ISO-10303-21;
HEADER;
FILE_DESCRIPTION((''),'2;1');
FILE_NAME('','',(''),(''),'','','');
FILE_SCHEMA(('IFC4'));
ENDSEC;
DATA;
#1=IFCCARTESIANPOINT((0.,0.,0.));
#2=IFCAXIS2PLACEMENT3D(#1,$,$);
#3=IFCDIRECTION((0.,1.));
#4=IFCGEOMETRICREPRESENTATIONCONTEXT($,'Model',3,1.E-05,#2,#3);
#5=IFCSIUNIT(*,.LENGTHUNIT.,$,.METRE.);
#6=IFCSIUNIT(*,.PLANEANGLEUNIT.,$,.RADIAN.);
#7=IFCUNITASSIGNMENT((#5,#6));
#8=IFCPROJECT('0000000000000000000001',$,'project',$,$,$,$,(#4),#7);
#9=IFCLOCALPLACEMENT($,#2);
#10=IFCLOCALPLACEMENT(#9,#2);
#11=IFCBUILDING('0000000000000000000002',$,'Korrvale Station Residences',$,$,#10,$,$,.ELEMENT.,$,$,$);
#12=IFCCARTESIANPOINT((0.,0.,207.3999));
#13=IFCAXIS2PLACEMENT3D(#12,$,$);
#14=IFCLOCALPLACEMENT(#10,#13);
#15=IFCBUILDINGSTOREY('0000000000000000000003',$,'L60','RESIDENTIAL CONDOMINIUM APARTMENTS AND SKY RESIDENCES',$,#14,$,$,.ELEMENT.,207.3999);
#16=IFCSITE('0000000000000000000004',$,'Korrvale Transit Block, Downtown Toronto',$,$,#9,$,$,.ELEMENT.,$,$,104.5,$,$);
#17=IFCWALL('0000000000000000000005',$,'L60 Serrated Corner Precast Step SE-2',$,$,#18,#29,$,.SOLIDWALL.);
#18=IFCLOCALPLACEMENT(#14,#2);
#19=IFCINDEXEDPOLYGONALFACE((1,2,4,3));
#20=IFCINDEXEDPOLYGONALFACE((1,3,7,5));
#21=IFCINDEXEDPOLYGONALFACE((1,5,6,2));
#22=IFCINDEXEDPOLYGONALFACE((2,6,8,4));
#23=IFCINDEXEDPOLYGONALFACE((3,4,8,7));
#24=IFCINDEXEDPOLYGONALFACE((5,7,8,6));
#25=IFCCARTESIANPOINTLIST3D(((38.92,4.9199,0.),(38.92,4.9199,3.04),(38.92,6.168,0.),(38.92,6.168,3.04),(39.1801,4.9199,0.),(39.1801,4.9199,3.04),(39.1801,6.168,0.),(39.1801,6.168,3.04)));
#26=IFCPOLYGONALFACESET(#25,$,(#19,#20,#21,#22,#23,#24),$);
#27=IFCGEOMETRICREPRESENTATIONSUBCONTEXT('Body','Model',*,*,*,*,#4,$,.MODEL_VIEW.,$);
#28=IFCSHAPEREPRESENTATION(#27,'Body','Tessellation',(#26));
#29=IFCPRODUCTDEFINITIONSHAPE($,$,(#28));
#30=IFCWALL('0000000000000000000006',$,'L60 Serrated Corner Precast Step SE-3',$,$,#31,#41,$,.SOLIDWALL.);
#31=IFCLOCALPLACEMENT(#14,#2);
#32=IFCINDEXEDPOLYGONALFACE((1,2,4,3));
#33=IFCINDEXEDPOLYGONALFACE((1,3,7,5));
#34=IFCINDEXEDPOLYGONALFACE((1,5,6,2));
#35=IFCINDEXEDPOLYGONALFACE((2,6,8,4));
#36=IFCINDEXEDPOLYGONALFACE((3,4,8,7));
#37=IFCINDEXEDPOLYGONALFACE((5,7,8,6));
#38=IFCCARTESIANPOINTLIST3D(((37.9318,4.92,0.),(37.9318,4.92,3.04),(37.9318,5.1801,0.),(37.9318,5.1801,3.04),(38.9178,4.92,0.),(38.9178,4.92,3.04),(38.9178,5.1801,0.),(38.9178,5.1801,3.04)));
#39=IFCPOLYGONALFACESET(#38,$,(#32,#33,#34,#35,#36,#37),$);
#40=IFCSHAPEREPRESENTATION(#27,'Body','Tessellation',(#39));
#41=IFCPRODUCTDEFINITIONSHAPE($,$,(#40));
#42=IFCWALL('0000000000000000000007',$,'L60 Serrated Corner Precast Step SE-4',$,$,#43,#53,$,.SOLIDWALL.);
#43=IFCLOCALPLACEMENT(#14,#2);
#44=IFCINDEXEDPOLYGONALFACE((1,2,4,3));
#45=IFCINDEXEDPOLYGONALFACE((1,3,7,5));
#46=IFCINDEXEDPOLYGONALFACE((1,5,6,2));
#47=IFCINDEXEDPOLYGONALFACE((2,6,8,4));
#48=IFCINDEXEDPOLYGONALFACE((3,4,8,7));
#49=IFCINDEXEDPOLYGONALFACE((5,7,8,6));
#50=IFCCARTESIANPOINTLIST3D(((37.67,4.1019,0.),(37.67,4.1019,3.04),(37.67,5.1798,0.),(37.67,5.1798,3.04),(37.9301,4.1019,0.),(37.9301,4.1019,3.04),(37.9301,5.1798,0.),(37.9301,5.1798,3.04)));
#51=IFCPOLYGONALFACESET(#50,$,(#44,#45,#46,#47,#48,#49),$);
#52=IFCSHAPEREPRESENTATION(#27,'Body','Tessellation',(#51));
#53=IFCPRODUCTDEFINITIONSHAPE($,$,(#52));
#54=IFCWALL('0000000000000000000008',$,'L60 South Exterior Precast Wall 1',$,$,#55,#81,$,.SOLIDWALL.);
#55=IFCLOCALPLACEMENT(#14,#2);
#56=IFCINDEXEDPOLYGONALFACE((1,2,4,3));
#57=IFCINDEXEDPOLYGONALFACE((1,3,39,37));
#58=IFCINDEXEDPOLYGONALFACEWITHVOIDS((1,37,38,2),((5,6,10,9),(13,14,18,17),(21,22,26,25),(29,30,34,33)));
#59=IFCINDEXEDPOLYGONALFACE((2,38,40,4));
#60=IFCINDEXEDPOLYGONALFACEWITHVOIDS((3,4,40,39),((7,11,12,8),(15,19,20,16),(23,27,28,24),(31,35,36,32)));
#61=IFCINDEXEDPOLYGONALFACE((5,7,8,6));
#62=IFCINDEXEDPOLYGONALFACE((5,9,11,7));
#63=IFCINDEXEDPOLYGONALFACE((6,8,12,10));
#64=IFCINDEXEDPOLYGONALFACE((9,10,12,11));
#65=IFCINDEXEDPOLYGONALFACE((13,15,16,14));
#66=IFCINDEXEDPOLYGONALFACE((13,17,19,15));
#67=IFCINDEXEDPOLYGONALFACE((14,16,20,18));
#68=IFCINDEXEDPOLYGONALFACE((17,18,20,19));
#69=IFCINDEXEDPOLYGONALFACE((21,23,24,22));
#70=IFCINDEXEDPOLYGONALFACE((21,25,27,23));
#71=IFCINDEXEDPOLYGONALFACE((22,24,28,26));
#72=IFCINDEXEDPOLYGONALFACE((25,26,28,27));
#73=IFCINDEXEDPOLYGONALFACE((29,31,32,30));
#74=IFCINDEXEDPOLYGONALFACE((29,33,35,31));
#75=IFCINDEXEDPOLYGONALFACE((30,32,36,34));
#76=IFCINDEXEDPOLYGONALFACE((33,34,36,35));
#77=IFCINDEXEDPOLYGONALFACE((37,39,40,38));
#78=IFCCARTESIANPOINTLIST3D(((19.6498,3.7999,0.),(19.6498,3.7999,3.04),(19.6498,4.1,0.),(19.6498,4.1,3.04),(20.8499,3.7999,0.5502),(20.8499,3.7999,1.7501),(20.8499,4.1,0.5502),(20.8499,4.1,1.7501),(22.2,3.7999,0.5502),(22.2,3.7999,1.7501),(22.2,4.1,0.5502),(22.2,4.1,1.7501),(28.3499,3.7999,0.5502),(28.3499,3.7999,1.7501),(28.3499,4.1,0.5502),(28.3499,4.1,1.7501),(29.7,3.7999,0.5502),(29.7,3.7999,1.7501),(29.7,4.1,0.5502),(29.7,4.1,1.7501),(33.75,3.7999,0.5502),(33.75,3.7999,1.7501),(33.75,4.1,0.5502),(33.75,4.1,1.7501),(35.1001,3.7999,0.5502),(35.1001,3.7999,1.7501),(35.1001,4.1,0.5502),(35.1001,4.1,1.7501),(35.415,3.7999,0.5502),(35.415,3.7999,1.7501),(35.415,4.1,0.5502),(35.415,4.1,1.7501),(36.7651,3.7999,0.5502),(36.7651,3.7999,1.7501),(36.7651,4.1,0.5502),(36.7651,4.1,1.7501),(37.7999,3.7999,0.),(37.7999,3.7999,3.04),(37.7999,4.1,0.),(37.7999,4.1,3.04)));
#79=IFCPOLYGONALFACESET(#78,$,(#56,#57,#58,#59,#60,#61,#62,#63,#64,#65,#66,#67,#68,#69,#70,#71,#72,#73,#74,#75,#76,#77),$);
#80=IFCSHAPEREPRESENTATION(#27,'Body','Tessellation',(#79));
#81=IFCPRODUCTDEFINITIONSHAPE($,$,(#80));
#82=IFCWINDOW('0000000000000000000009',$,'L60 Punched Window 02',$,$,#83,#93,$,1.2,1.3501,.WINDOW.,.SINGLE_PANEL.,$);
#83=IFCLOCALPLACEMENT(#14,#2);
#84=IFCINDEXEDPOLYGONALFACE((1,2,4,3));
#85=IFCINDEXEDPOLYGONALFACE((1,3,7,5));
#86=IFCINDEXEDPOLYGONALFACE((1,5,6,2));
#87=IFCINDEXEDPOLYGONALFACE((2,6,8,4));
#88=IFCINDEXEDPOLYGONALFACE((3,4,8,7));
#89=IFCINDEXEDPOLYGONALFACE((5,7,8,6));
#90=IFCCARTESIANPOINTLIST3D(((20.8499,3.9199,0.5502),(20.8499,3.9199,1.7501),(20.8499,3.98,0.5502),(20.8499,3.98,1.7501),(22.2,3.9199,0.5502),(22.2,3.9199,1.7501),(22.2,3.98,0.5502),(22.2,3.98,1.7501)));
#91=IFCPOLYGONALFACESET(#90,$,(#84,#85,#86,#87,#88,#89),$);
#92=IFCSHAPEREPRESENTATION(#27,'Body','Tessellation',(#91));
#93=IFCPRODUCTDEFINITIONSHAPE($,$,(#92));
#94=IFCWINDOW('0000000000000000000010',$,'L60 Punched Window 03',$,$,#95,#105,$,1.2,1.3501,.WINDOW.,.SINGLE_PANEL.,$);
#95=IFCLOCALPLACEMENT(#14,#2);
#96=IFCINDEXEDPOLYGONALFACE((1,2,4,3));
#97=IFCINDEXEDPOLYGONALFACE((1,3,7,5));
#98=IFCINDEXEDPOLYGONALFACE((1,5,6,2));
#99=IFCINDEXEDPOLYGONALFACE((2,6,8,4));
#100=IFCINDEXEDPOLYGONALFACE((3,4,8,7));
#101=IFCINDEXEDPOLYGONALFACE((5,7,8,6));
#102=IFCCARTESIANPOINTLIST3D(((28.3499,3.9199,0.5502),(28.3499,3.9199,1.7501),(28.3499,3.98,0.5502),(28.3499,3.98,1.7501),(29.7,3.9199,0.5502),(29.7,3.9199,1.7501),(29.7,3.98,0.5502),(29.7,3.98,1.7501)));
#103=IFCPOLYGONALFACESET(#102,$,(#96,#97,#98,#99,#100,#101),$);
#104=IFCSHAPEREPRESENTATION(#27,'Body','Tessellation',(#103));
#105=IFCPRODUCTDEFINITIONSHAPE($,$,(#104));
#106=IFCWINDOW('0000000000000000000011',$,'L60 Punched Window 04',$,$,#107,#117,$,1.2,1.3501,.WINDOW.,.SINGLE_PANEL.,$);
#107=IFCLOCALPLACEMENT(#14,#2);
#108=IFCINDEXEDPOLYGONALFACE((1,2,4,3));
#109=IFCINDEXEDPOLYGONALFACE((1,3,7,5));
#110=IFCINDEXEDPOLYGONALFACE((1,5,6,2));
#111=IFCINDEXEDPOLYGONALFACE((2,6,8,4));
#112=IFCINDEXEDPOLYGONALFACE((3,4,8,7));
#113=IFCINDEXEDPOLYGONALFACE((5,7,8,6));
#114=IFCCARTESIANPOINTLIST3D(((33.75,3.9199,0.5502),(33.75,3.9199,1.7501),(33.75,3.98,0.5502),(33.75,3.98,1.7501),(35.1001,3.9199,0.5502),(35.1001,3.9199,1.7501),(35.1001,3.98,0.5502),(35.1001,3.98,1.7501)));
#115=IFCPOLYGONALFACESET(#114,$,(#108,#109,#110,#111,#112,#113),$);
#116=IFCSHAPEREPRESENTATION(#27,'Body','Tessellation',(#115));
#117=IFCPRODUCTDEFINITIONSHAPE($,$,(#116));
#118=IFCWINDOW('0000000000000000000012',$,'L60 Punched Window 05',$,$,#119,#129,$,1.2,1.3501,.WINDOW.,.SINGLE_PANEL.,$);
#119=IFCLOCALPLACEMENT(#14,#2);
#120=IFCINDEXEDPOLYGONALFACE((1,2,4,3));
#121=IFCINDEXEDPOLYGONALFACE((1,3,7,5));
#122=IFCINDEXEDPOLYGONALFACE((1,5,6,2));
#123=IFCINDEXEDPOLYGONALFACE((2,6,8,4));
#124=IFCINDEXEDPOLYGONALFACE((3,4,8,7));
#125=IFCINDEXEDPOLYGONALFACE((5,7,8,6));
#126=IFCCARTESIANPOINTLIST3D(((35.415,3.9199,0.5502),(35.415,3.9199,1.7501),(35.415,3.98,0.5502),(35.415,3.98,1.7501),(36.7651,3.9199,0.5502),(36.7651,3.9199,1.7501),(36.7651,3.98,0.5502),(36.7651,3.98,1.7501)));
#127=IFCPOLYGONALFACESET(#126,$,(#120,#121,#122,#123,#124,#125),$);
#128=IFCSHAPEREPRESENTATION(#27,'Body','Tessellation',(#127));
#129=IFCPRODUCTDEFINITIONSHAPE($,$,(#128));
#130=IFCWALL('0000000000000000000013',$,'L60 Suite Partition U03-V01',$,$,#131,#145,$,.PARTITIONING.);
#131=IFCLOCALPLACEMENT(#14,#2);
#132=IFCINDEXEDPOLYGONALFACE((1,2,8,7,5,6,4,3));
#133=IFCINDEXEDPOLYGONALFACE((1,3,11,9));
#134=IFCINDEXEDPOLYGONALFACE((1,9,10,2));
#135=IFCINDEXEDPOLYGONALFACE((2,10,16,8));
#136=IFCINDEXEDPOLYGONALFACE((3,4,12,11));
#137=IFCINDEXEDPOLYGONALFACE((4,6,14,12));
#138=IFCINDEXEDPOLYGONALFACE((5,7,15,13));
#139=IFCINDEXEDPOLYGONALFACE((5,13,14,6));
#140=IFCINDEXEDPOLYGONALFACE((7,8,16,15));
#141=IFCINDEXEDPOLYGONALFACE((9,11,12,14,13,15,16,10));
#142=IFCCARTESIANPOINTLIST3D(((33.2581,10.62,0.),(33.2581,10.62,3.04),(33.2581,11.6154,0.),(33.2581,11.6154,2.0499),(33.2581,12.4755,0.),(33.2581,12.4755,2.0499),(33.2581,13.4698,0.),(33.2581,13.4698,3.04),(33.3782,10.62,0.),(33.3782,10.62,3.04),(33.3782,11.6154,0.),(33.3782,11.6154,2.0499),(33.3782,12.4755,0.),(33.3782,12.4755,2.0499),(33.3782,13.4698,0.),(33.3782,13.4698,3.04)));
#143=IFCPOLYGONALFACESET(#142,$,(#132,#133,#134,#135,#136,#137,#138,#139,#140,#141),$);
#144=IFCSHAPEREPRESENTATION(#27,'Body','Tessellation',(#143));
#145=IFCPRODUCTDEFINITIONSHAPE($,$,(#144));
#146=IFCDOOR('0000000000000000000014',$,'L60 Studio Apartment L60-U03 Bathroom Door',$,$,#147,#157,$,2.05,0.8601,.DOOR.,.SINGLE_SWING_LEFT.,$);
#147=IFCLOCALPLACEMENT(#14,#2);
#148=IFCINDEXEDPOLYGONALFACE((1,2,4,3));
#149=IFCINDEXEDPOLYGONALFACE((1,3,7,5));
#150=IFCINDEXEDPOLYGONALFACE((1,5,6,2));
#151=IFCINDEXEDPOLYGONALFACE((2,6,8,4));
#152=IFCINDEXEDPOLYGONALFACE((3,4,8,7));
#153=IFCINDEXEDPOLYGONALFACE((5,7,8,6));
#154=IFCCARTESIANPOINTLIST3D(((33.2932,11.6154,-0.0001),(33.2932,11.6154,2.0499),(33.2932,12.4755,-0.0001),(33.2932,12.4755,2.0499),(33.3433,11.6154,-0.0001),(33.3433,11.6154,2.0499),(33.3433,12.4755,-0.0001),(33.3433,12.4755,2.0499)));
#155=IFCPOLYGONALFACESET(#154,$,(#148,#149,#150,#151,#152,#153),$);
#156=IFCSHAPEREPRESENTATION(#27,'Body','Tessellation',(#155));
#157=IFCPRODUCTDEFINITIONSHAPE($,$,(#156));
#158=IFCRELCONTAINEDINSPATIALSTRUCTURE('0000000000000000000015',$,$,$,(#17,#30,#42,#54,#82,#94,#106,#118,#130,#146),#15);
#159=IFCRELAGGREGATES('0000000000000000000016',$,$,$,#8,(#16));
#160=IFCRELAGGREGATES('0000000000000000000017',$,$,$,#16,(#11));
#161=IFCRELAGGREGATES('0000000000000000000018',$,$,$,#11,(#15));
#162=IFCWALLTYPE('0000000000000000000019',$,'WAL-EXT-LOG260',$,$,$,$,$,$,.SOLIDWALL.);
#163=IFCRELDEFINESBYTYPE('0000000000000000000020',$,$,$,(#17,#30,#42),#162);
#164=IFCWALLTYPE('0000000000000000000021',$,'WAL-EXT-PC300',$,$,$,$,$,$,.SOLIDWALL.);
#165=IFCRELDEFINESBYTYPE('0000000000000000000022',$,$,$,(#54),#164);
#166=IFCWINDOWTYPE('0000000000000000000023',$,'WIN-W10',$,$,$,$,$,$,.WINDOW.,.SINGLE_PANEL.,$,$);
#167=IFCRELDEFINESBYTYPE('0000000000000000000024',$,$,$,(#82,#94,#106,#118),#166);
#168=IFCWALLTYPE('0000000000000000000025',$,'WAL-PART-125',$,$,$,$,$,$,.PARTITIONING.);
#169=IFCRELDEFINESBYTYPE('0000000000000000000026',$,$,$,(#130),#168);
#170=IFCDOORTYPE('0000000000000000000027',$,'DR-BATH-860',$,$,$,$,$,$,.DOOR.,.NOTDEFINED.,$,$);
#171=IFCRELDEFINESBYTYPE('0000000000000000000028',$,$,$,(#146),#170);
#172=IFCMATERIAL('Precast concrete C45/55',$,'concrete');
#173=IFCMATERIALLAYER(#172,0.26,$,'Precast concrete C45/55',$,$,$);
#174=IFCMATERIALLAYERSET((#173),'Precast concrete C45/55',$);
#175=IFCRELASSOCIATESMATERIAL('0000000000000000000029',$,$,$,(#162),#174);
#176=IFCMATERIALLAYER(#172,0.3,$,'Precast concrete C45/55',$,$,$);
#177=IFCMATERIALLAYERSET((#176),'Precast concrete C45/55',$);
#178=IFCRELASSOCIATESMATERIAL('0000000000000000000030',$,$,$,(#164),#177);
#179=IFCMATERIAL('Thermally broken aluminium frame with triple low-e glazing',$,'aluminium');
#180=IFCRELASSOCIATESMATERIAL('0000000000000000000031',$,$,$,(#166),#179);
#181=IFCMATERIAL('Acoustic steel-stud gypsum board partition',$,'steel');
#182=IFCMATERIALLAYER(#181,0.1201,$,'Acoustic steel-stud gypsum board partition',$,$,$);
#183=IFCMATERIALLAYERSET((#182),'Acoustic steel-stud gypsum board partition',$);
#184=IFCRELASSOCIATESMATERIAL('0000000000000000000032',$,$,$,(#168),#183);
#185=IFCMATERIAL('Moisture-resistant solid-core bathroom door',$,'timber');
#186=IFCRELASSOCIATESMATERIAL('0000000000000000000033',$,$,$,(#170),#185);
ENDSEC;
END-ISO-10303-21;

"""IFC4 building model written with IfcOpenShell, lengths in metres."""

from ifc_helpers import new_model, si_unit, direction, frame, frame_2d, origin, place, context, subcontext, project, spatial, rectangle, extrude, material, layer, layer_set, type_object, element, fill, save


model = new_model("IFC4")

# Units and contexts
model_context = context("Model", 3, precision=1e-05, world=origin(), true_north=direction((0.0, 1.0)))
body_context = subcontext(model_context, "Body", "Model", "MODEL_VIEW")
ifc_project = project(units=[si_unit("LENGTHUNIT", "METRE"), si_unit("PLANEANGLEUNIT", "RADIAN")], contexts=[model_context])

# Site, building, storey
site_placement = place(None, origin())
site = spatial("IfcSite", under=ifc_project, at=site_placement, Name="Korrvale Transit Block, Downtown Toronto", CompositionType="ELEMENT", RefElevation=104.5)
building_placement = place(site_placement, origin())
building = spatial("IfcBuilding", under=site, at=building_placement, Name="Korrvale Station Residences", CompositionType="ELEMENT")
storey_placement = place(building_placement, frame((0.0, 0.0, 207.3999)))
storey = spatial("IfcBuildingStorey", under=building, at=storey_placement, Name="L60", Description="RESIDENTIAL CONDOMINIUM APARTMENTS AND SKY RESIDENCES", CompositionType="ELEMENT", Elevation=207.3999)

# Walls
ifc_material_1 = material(Name="Precast concrete C45/55", Category="concrete")
ifc_layer_1 = layer(ifc_material_1, 0.26, Name="Precast concrete C45/55")
ifc_layer_set_1 = layer_set([ifc_layer_1], Name="Precast concrete C45/55")
wall_type_1 = type_object("IfcWallType", Name="WAL-EXT-LOG260", PredefinedType="SOLIDWALL", material=ifc_layer_set_1)
wall_1_placement = place(storey_placement, frame((39.05, 6.168, 0.0), z_axis=(0.0, 0.0, 1.0), x_axis=(0.0, -1.0, 0.0)))
element("IfcWall", 1, at=wall_1_placement, inside=storey, type_object=wall_type_1, Name="L60 Serrated Corner Precast Step SE-2", PredefinedType="SOLIDWALL", context=body_context, shape_type="SweptSolid", body=[
    extrude(rectangle(XDim=1.248, YDim=0.26, at=frame_2d((0.624, 0.0))), origin(), (0.0, 0.0, 1.0), 3.04),
])
wall_2_placement = place(storey_placement, frame((38.918, 5.05, 0.0), z_axis=(0.0, 0.0, 1.0), x_axis=(-1.0, 0.0, 0.0)))
element("IfcWall", 2, at=wall_2_placement, inside=storey, type_object=wall_type_1, Name="L60 Serrated Corner Precast Step SE-3", PredefinedType="SOLIDWALL", context=body_context, shape_type="SweptSolid", body=[
    extrude(rectangle(XDim=0.9861, YDim=0.26, at=frame_2d((0.4932, 0.0))), origin(), (0.0, 0.0, 1.0), 3.04),
])
wall_3_placement = place(storey_placement, frame((37.8, 5.1799, 0.0), z_axis=(0.0, 0.0, 1.0), x_axis=(0.0, -1.0, 0.0)))
element("IfcWall", 3, at=wall_3_placement, inside=storey, type_object=wall_type_1, Name="L60 Serrated Corner Precast Step SE-4", PredefinedType="SOLIDWALL", context=body_context, shape_type="SweptSolid", body=[
    extrude(rectangle(XDim=1.0779, YDim=0.26, at=frame_2d((0.5391, 0.0))), origin(), (0.0, 0.0, 1.0), 3.04),
])

# Wall, openings, windows
ifc_layer_2 = layer(ifc_material_1, 0.3, Name="Precast concrete C45/55")
ifc_layer_set_2 = layer_set([ifc_layer_2], Name="Precast concrete C45/55")
wall_type_2 = type_object("IfcWallType", Name="WAL-EXT-PC300", PredefinedType="SOLIDWALL", material=ifc_layer_set_2)
wall_4_placement = place(storey_placement, frame((37.8, 3.95, 0.0), z_axis=(0.0, 0.0, 1.0), x_axis=(-1.0, 0.0, 0.0)))
wall_4 = element("IfcWall", 4, at=wall_4_placement, inside=storey, type_object=wall_type_2, Name="L60 South Exterior Precast Wall 1", PredefinedType="SOLIDWALL", context=body_context, shape_type="SweptSolid", body=[
    extrude(rectangle(XDim=18.1501, YDim=0.3, at=frame_2d((9.0752, 0.0))), origin(), (0.0, 0.0, 1.0), 3.04),
])
opening_1_placement = place(wall_4_placement, frame((15.6001, 0.0, 0.55)))
opening_1 = element("IfcOpeningElement", 5, at=opening_1_placement, cuts=wall_4, PredefinedType="OPENING", context=body_context, shape_type="SweptSolid", body=[
    extrude(rectangle(XDim=1.3501, YDim=1.2, at=frame_2d((0.675, 0.6001))), frame((0.0, 0.1602, 0.0), z_axis=(0.0, -1.0, 0.0), x_axis=(1.0, 0.0, 0.0)), (0.0, 0.0, 1.0), 0.3201),
])
opening_2_placement = place(wall_4_placement, frame((8.1001, 0.0, 0.55)))
opening_2 = element("IfcOpeningElement", 6, at=opening_2_placement, cuts=wall_4, PredefinedType="OPENING", context=body_context, shape_type="SweptSolid", body=[
    extrude(rectangle(XDim=1.3501, YDim=1.2, at=frame_2d((0.675, 0.6001))), frame((0.0, 0.1602, 0.0), z_axis=(0.0, -1.0, 0.0), x_axis=(1.0, 0.0, 0.0)), (0.0, 0.0, 1.0), 0.3201),
])
opening_3_placement = place(wall_4_placement, frame((2.7, 0.0, 0.55)))
opening_3 = element("IfcOpeningElement", 7, at=opening_3_placement, cuts=wall_4, PredefinedType="OPENING", context=body_context, shape_type="SweptSolid", body=[
    extrude(rectangle(XDim=1.3501, YDim=1.2, at=frame_2d((0.675, 0.6001))), frame((0.0, 0.1602, 0.0), z_axis=(0.0, -1.0, 0.0), x_axis=(1.0, 0.0, 0.0)), (0.0, 0.0, 1.0), 0.3201),
])
opening_4_placement = place(wall_4_placement, frame((1.0349, 0.0, 0.55)))
opening_4 = element("IfcOpeningElement", 8, at=opening_4_placement, cuts=wall_4, PredefinedType="OPENING", context=body_context, shape_type="SweptSolid", body=[
    extrude(rectangle(XDim=1.3501, YDim=1.2, at=frame_2d((0.675, 0.6001))), frame((0.0, 0.1602, 0.0), z_axis=(0.0, -1.0, 0.0), x_axis=(1.0, 0.0, 0.0)), (0.0, 0.0, 1.0), 0.3201),
])
ifc_material_2 = material(Name="Thermally broken aluminium frame with triple low-e glazing", Category="aluminium")
window_type = type_object("IfcWindowType", Name="WIN-W10", PartitioningType="SINGLE_PANEL", PredefinedType="WINDOW", material=ifc_material_2)
window_1_placement = place(opening_1_placement, origin())
window_1 = element("IfcWindow", 9, at=window_1_placement, inside=storey, type_object=window_type, Name="L60 Punched Window 02", OverallHeight=1.2, OverallWidth=1.3501, PartitioningType="SINGLE_PANEL", PredefinedType="WINDOW", context=body_context, shape_type="SweptSolid", body=[
    extrude(rectangle(XDim=1.3501, YDim=1.2, at=frame_2d((0.675, 0.6001))), frame((0.0, 0.03, 0.0), z_axis=(0.0, -1.0, 0.0), x_axis=(1.0, 0.0, 0.0)), (0.0, 0.0, 1.0), 0.0601),
])
fill(opening_1, window_1)
window_2_placement = place(opening_2_placement, origin())
window_2 = element("IfcWindow", 10, at=window_2_placement, inside=storey, type_object=window_type, Name="L60 Punched Window 03", OverallHeight=1.2, OverallWidth=1.3501, PartitioningType="SINGLE_PANEL", PredefinedType="WINDOW", context=body_context, shape_type="SweptSolid", body=[
    extrude(rectangle(XDim=1.3501, YDim=1.2, at=frame_2d((0.675, 0.6001))), frame((0.0, 0.03, 0.0), z_axis=(0.0, -1.0, 0.0), x_axis=(1.0, 0.0, 0.0)), (0.0, 0.0, 1.0), 0.0601),
])
fill(opening_2, window_2)
window_3_placement = place(opening_3_placement, origin())
window_3 = element("IfcWindow", 11, at=window_3_placement, inside=storey, type_object=window_type, Name="L60 Punched Window 04", OverallHeight=1.2, OverallWidth=1.3501, PartitioningType="SINGLE_PANEL", PredefinedType="WINDOW", context=body_context, shape_type="SweptSolid", body=[
    extrude(rectangle(XDim=1.3501, YDim=1.2, at=frame_2d((0.675, 0.6001))), frame((0.0, 0.03, 0.0), z_axis=(0.0, -1.0, 0.0), x_axis=(1.0, 0.0, 0.0)), (0.0, 0.0, 1.0), 0.0601),
])
fill(opening_3, window_3)
window_4_placement = place(opening_4_placement, origin())
window_4 = element("IfcWindow", 12, at=window_4_placement, inside=storey, type_object=window_type, Name="L60 Punched Window 05", OverallHeight=1.2, OverallWidth=1.3501, PartitioningType="SINGLE_PANEL", PredefinedType="WINDOW", context=body_context, shape_type="SweptSolid", body=[
    extrude(rectangle(XDim=1.3501, YDim=1.2, at=frame_2d((0.675, 0.6001))), frame((0.0, 0.03, 0.0), z_axis=(0.0, -1.0, 0.0), x_axis=(1.0, 0.0, 0.0)), (0.0, 0.0, 1.0), 0.0601),
])
fill(opening_4, window_4)

# Wall, opening, door
ifc_material_3 = material(Name="Acoustic steel-stud gypsum board partition", Category="steel")
ifc_layer_3 = layer(ifc_material_3, 0.1201, Name="Acoustic steel-stud gypsum board partition")
ifc_layer_set_3 = layer_set([ifc_layer_3], Name="Acoustic steel-stud gypsum board partition")
wall_type_3 = type_object("IfcWallType", Name="WAL-PART-125", PredefinedType="PARTITIONING", material=ifc_layer_set_3)
wall_5_placement = place(storey_placement, frame((33.3181, 10.6201, 0.0), z_axis=(0.0, 0.0, 1.0), x_axis=(0.0, 1.0, 0.0)))
wall_5 = element("IfcWall", 13, at=wall_5_placement, inside=storey, type_object=wall_type_3, Name="L60 Suite Partition U03-V01", PredefinedType="PARTITIONING", context=body_context, shape_type="SweptSolid", body=[
    extrude(rectangle(XDim=2.8499, YDim=0.1201, at=frame_2d((1.4248, 0.0))), origin(), (0.0, 0.0, 1.0), 3.04),
])
opening_5_placement = place(wall_5_placement, frame((0.9951, 0.0, 0.0)))
opening_5 = element("IfcOpeningElement", 14, at=opening_5_placement, cuts=wall_5, PredefinedType="OPENING", context=body_context, shape_type="SweptSolid", body=[
    extrude(rectangle(XDim=0.8601, YDim=2.05, at=frame_2d((0.4302, 1.0249))), frame((0.0, 0.0701, 0.0), z_axis=(0.0, -1.0, 0.0), x_axis=(1.0, 0.0, 0.0)), (0.0, 0.0, 1.0), 0.1401),
])
ifc_material_4 = material(Name="Moisture-resistant solid-core bathroom door", Category="timber")
door_type_1 = type_object("IfcDoorType", Name="DR-BATH-860", OperationType="NOTDEFINED", PredefinedType="DOOR", material=ifc_material_4)
door_1_placement = place(opening_5_placement, origin())
door_1 = element("IfcDoor", 15, at=door_1_placement, inside=storey, type_object=door_type_1, Name="L60 Studio Apartment L60-U03 Bathroom Door", OperationType="SINGLE_SWING_LEFT", OverallHeight=2.05, OverallWidth=0.8601, PredefinedType="DOOR", context=body_context, shape_type="SweptSolid", body=[
    extrude(rectangle(XDim=0.8601, YDim=2.05, at=frame_2d((0.4302, 1.0249))), frame((0.0, 0.0249, 0.0), z_axis=(0.0, -1.0, 0.0), x_axis=(1.0, 0.0, 0.0)), (0.0, 0.0, 1.0), 0.05),
])
fill(opening_5, door_1)

save(model, "model.ifc")
